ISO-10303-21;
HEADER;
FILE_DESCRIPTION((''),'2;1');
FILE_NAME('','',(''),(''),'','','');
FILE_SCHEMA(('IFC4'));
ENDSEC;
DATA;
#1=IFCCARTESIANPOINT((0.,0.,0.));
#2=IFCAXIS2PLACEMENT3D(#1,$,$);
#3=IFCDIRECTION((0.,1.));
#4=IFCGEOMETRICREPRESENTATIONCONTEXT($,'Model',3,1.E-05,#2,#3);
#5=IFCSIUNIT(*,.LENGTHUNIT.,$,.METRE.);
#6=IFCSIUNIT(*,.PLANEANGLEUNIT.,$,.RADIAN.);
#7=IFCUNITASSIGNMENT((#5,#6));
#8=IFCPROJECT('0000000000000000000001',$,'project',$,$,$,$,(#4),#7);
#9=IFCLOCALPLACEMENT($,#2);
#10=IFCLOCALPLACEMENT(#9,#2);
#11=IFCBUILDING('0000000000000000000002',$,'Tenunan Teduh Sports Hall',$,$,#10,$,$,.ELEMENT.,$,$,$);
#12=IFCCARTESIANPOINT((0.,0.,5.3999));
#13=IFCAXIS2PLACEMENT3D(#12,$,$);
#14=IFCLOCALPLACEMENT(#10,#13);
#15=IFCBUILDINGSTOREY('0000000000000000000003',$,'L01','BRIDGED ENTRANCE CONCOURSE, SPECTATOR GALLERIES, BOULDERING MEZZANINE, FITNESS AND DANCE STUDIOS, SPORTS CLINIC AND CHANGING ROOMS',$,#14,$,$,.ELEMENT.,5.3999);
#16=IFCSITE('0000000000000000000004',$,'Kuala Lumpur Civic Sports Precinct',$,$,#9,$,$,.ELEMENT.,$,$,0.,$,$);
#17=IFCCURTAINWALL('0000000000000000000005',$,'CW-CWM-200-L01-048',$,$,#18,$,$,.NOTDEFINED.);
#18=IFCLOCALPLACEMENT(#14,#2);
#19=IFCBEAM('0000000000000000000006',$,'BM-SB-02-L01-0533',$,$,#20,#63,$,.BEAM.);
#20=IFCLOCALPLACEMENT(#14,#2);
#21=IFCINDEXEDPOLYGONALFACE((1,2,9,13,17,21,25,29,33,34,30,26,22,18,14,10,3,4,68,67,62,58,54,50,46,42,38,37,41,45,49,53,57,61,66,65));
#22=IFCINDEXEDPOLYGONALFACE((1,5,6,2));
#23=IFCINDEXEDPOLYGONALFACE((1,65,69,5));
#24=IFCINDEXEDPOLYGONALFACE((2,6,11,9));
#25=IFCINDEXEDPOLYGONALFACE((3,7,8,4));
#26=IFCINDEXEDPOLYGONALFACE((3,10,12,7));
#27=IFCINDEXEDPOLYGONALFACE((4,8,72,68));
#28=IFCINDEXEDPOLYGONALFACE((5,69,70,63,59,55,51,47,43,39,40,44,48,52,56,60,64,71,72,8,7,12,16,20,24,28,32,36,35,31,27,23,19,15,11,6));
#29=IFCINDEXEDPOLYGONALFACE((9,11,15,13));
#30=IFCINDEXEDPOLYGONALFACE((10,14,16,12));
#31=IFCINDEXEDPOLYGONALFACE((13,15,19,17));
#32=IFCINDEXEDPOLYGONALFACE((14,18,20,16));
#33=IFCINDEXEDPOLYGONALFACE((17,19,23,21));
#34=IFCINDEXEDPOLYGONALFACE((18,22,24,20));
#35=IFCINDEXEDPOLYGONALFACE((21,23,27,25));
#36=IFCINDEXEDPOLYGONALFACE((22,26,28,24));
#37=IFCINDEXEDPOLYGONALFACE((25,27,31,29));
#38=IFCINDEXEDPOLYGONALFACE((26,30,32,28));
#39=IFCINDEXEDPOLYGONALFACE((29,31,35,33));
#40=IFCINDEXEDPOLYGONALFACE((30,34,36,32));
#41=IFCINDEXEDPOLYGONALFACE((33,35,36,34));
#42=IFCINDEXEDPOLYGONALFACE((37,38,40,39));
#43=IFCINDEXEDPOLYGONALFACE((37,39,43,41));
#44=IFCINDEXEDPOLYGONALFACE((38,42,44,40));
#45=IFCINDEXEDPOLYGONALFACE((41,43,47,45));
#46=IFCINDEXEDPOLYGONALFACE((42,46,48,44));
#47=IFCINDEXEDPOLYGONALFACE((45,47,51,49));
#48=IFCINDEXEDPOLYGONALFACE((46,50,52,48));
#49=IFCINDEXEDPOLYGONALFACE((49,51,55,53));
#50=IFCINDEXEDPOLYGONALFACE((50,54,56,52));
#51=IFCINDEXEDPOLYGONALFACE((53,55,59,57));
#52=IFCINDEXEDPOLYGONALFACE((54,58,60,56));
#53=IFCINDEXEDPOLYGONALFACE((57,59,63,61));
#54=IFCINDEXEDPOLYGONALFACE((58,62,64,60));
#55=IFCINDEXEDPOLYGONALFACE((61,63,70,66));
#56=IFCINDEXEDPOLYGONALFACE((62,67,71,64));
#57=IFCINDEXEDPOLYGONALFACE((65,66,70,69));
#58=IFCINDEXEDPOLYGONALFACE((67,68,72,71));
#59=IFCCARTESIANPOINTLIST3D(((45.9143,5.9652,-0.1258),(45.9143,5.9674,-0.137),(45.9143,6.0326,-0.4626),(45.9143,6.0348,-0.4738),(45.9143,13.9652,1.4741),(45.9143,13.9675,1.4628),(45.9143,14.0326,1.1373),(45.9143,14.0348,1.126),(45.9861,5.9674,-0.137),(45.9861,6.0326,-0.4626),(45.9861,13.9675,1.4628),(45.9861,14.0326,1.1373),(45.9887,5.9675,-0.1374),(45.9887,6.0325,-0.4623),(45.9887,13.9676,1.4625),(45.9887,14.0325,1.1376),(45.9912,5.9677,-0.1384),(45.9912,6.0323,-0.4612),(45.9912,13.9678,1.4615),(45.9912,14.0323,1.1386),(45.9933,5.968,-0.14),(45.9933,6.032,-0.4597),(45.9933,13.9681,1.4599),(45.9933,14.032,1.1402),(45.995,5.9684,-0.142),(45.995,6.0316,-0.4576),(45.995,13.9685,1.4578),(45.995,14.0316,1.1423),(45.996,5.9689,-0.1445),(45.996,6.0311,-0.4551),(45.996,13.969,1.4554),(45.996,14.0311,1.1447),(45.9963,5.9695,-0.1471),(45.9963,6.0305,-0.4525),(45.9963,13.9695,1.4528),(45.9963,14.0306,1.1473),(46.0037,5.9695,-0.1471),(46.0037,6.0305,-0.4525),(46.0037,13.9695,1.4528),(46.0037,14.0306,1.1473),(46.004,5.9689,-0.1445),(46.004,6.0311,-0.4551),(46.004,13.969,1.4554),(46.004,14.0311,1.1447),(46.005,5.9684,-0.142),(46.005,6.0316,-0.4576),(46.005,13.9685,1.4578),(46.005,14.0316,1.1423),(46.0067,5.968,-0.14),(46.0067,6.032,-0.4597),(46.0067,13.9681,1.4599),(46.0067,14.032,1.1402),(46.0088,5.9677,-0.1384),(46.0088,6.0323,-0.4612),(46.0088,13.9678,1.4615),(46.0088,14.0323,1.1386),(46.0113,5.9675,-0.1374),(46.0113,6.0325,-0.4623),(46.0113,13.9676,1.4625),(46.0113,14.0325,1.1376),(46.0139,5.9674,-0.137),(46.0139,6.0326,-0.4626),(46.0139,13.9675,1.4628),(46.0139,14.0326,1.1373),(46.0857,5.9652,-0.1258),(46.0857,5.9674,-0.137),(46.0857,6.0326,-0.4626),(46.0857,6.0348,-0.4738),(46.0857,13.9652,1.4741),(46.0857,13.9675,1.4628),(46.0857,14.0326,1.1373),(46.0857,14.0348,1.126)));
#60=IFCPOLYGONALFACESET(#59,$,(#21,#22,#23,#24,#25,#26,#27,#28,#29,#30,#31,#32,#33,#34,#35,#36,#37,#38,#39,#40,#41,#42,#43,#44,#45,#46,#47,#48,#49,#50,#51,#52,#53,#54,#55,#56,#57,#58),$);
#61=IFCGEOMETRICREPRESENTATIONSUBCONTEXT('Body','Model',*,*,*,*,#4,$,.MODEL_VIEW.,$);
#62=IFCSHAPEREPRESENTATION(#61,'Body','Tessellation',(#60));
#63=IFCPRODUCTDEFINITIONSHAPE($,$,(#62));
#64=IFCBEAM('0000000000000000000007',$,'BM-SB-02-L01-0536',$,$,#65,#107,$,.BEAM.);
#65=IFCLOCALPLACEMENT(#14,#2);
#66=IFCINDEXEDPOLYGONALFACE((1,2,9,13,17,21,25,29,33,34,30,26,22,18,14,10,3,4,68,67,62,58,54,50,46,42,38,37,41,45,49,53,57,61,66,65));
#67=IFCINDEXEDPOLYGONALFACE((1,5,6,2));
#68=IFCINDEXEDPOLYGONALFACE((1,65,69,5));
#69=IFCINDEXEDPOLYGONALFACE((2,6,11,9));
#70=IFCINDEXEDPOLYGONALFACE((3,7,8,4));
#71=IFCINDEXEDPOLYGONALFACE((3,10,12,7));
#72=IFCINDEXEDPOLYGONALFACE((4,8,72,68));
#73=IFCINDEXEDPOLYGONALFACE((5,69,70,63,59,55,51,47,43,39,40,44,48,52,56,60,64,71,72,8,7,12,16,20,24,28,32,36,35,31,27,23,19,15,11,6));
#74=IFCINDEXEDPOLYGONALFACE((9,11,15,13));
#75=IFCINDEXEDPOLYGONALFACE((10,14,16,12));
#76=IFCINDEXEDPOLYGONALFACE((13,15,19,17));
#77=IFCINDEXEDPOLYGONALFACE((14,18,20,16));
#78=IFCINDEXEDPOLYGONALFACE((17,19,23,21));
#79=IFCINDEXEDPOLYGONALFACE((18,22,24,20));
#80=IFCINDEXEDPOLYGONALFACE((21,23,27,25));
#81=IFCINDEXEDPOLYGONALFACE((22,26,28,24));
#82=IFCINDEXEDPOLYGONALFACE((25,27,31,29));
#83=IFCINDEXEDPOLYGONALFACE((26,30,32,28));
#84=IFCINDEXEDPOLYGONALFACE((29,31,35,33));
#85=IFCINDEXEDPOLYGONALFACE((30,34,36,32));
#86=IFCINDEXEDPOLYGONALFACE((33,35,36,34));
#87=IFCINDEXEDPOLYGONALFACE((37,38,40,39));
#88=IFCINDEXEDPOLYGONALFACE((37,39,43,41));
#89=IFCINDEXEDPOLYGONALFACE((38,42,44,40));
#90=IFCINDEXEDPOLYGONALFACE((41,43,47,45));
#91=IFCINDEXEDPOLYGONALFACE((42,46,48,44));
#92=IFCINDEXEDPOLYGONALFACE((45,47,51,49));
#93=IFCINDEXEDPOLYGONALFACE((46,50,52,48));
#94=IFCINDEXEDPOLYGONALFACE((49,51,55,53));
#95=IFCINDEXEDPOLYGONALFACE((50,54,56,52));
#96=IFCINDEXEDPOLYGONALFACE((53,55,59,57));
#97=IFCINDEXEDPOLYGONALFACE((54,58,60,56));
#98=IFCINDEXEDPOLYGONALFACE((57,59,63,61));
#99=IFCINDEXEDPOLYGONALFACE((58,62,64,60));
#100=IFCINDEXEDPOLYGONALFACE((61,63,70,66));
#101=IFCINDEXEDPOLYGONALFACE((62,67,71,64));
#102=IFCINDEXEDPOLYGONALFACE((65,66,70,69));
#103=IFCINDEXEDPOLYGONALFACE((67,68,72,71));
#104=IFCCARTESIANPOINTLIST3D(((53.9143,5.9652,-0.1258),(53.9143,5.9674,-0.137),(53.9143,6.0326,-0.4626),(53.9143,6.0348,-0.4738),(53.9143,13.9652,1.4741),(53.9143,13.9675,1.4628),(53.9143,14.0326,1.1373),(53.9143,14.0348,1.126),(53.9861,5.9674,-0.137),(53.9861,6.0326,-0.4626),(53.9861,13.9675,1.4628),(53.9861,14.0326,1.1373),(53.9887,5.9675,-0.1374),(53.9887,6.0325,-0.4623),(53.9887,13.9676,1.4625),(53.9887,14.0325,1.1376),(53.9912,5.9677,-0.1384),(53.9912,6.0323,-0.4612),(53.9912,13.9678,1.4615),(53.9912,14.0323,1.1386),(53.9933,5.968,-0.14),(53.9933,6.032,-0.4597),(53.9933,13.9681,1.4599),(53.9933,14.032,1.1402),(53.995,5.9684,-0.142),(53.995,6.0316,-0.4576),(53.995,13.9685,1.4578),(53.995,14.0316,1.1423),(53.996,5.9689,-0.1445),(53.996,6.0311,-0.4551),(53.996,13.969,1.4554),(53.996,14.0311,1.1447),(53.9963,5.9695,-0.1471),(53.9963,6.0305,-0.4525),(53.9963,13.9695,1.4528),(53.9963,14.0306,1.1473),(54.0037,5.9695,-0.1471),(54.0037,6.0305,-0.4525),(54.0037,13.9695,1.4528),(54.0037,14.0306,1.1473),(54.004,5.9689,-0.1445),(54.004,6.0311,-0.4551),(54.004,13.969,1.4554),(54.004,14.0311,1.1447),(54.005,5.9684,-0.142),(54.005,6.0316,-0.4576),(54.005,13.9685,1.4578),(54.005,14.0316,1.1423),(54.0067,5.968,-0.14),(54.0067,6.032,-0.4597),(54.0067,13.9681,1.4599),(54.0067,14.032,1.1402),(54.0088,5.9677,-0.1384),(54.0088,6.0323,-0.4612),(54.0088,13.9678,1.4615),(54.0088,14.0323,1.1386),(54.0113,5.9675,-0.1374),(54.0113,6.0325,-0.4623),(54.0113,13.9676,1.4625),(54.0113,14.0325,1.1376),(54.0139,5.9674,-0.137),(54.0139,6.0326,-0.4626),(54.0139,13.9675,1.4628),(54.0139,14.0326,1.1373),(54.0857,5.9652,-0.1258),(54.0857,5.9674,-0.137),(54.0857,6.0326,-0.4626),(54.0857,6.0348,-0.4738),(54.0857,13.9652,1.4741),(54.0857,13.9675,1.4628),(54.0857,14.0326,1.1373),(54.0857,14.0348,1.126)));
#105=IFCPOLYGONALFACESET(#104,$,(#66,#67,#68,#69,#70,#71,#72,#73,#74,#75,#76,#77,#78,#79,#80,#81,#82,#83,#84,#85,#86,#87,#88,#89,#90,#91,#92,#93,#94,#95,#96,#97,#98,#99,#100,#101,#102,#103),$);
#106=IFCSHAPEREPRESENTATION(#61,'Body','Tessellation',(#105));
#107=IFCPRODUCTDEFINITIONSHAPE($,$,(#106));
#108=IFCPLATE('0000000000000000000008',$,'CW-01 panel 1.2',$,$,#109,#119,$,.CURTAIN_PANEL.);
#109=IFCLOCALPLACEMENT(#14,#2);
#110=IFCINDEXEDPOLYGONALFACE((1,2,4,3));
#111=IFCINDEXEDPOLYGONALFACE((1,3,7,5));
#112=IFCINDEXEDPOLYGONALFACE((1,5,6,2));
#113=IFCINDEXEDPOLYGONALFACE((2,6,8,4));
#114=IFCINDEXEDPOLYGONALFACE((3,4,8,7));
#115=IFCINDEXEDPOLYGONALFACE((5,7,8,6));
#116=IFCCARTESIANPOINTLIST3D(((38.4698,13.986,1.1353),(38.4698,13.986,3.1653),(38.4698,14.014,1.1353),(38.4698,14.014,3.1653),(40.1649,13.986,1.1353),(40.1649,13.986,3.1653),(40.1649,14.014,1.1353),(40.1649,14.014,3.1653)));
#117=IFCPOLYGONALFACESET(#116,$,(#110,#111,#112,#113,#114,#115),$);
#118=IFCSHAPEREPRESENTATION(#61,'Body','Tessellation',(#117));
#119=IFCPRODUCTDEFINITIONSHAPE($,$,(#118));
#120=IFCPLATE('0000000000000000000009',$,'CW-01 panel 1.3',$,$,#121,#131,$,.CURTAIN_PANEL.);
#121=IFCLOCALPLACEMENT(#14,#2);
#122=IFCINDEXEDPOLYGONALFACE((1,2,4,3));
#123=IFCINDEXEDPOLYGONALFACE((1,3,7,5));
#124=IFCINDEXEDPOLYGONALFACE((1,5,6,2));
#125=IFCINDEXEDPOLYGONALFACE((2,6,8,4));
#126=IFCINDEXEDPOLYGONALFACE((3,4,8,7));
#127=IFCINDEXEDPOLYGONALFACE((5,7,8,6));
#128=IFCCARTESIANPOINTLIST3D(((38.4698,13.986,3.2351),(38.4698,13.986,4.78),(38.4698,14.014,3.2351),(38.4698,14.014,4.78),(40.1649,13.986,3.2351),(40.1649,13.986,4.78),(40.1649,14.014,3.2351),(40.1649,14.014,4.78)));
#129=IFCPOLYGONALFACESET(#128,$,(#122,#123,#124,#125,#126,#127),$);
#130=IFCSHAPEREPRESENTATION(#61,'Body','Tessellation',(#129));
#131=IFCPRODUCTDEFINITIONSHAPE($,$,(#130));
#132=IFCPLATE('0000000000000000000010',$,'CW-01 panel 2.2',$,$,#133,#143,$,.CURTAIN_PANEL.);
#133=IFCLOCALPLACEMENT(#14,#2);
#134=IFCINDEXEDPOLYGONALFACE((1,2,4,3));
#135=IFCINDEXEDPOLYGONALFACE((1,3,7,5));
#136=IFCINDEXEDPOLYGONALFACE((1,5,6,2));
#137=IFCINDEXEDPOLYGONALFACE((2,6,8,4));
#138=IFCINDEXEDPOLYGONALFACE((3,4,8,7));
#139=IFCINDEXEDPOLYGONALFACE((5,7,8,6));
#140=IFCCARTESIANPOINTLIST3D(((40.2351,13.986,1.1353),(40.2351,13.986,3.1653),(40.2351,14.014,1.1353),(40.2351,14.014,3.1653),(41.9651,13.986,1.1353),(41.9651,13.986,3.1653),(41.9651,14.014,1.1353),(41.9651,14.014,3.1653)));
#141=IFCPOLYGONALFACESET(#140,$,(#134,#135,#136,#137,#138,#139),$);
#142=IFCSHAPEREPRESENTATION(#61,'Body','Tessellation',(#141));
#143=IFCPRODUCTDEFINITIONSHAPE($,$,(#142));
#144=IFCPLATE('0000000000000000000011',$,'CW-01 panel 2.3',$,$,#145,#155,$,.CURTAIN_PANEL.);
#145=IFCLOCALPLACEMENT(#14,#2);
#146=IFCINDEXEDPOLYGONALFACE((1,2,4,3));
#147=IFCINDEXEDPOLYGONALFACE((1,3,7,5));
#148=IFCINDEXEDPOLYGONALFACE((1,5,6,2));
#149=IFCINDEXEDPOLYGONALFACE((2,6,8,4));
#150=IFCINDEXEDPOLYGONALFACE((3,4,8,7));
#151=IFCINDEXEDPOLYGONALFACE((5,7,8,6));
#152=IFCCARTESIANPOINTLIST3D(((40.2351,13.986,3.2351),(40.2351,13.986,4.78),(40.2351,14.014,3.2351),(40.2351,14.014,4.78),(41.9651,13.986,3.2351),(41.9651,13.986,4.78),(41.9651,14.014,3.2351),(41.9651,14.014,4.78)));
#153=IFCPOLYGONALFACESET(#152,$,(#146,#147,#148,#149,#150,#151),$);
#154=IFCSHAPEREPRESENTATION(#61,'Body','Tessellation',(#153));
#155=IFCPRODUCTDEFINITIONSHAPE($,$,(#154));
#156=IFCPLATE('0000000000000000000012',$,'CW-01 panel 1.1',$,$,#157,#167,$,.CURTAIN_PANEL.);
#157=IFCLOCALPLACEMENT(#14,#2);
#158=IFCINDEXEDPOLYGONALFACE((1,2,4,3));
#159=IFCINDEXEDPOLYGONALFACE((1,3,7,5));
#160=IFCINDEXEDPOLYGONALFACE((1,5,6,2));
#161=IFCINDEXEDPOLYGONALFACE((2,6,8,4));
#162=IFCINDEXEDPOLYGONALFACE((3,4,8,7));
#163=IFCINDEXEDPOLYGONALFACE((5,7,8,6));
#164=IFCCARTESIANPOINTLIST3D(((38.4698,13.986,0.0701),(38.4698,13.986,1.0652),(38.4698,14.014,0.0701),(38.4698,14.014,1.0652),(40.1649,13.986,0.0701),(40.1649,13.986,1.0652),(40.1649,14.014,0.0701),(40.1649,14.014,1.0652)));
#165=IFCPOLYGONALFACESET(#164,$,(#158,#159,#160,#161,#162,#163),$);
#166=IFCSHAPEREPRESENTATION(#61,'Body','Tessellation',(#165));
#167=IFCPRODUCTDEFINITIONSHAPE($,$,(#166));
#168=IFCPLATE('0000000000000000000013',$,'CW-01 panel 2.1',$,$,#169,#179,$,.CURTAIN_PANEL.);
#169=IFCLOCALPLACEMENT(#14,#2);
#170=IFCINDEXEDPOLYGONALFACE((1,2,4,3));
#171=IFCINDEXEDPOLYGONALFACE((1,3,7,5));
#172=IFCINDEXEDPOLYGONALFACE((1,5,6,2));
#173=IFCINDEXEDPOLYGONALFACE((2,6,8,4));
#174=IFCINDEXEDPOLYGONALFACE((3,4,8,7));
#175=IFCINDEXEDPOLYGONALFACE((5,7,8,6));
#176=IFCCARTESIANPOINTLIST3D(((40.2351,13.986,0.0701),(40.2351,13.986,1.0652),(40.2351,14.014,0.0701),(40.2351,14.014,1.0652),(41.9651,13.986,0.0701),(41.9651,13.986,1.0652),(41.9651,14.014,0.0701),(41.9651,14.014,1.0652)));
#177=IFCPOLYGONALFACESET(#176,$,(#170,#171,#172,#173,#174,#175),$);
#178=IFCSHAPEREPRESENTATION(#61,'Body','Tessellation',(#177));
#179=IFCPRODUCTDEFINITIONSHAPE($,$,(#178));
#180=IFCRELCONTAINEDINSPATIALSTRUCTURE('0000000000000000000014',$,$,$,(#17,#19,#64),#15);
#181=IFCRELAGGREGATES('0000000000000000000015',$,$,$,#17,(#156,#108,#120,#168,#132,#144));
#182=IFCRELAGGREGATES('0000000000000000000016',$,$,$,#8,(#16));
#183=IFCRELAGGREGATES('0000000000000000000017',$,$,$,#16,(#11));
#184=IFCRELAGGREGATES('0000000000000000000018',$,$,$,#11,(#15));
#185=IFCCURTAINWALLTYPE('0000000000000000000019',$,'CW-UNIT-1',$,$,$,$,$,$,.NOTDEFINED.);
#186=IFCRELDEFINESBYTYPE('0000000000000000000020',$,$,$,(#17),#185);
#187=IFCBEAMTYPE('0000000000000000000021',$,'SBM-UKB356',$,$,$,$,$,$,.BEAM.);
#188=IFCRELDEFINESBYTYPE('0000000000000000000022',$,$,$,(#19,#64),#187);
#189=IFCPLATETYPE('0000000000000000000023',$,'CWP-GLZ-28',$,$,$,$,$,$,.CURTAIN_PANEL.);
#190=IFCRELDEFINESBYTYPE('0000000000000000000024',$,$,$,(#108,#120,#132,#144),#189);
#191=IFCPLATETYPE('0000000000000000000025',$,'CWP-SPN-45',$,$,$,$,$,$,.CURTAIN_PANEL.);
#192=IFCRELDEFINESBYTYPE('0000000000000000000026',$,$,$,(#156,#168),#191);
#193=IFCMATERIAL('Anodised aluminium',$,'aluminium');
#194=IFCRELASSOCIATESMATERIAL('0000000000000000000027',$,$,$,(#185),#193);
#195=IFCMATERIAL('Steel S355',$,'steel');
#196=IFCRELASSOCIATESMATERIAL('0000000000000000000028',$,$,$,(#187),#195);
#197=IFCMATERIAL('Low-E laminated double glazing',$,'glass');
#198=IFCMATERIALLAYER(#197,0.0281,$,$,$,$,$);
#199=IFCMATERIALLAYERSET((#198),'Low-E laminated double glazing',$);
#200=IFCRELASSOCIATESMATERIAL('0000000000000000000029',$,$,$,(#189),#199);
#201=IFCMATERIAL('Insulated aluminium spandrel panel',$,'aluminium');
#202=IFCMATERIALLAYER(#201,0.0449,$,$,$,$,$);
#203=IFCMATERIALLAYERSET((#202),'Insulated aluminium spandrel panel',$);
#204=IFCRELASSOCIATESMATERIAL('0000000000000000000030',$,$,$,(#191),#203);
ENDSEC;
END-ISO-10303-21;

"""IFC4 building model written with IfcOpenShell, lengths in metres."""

from ifc_helpers import new_model, si_unit, direction, frame, origin, origin_2d, place, context, subcontext, project, spatial, rectangle, i_section, extrude, material, layer, layer_set, material_profile, profile_set, type_object, element, aggregate, save


model = new_model("IFC4")

# Units and contexts
model_context = context("Model", 3, precision=1e-05, world=origin(), true_north=direction((0.0, 1.0)))
body_context = subcontext(model_context, "Body", "Model", "MODEL_VIEW")
ifc_project = project(units=[si_unit("LENGTHUNIT", "METRE"), si_unit("PLANEANGLEUNIT", "RADIAN")], contexts=[model_context])

# Site, building, storey
site_placement = place(None, origin())
site = spatial("IfcSite", under=ifc_project, at=site_placement, Name="Kuala Lumpur Civic Sports Precinct", CompositionType="ELEMENT", RefElevation=0.0)
building_placement = place(site_placement, origin())
building = spatial("IfcBuilding", under=site, at=building_placement, Name="Tenunan Teduh Sports Hall", CompositionType="ELEMENT")
storey_placement = place(building_placement, frame((0.0, 0.0, 5.3999)))
storey = spatial("IfcBuildingStorey", under=building, at=storey_placement, Name="L01", Description="BRIDGED ENTRANCE CONCOURSE, SPECTATOR GALLERIES, BOULDERING MEZZANINE, FITNESS AND DANCE STUDIOS, SPORTS CLINIC AND CHANGING ROOMS", CompositionType="ELEMENT", Elevation=5.3999)

# Curtain wall
ifc_material_1 = material(Name="Anodised aluminium", Category="aluminium")
curtain_wall_type = type_object("IfcCurtainWallType", Name="CW-UNIT-1", PredefinedType="NOTDEFINED", material=ifc_material_1)
curtain_wall_placement = place(storey_placement, origin())
curtain_wall = element("IfcCurtainWall", 1, at=curtain_wall_placement, inside=storey, type_object=curtain_wall_type, Name="CW-CWM-200-L01-048", PredefinedType="NOTDEFINED")

# Beams
ifc_material_2 = material(Name="Steel S355", Category="steel")
ifc_material_profile_1 = material_profile(ifc_material_2, i_section(OverallWidth=0.1714, OverallDepth=0.355, WebThickness=0.0073, FlangeThickness=0.0115, FilletRadius=0.0103, at=origin_2d()), Name="UKB 356x171x51")
ifc_profile_set_1 = profile_set([ifc_material_profile_1], Name="Steel S355")
beam_type_1 = type_object("IfcBeamType", Name="SBM-UKB356", PredefinedType="BEAM", material=ifc_profile_set_1)
for number, where, z_axis, x_axis, name in (
    (2, (46.0, 6.0, -0.2998), (0.0, 0.980584, 0.196099), (-1.0, 0.0, 0.0), "BM-SB-02-L01-0533"),
    (3, (54.0, 6.0, -0.2998), (0.0, 0.980584, 0.196099), (-1.0, 0.0, 0.0), "BM-SB-02-L01-0536"),
):
    element("IfcBeam", number, at=place(storey_placement, frame(where, z_axis=z_axis, x_axis=x_axis)), inside=storey, type_object=beam_type_1, Name=name, PredefinedType="BEAM", context=body_context, shape_type="SweptSolid", body=[
        extrude(i_section(OverallWidth=0.1714, OverallDepth=0.355, WebThickness=0.0073, FlangeThickness=0.0115, FilletRadius=0.0103, at=origin_2d()), origin(), (0.0, 0.0, 1.0), 8.1584),
    ])

# Plates
ifc_material_3 = material(Name="Low-E laminated double glazing", Category="glass")
ifc_layer_1 = layer(ifc_material_3, 0.0281)
ifc_layer_set_1 = layer_set([ifc_layer_1], Name="Low-E laminated double glazing")
plate_type_1 = type_object("IfcPlateType", Name="CWP-GLZ-28", PredefinedType="CURTAIN_PANEL", material=ifc_layer_set_1)
plate_1_placement = place(storey_placement, frame((39.3174, 14.0, 1.1353), z_axis=(0.0, 0.0, 1.0), x_axis=(1.0, 0.0, 0.0)))
plate_1 = element("IfcPlate", 4, at=plate_1_placement, type_object=plate_type_1, Name="CW-01 panel 1.2", PredefinedType="CURTAIN_PANEL", context=body_context, shape_type="SweptSolid", body=[
    extrude(rectangle(XDim=1.6951, YDim=0.0281, at=origin_2d()), origin(), (0.0, 0.0, 1.0), 2.03),
])
plate_2_placement = place(storey_placement, frame((39.3174, 14.0, 3.2351), z_axis=(0.0, 0.0, 1.0), x_axis=(1.0, 0.0, 0.0)))
plate_2 = element("IfcPlate", 5, at=plate_2_placement, type_object=plate_type_1, Name="CW-01 panel 1.3", PredefinedType="CURTAIN_PANEL", context=body_context, shape_type="SweptSolid", body=[
    extrude(rectangle(XDim=1.6951, YDim=0.0281, at=origin_2d()), origin(), (0.0, 0.0, 1.0), 1.5449),
])
plate_3_placement = place(storey_placement, frame((41.1001, 14.0, 1.1353), z_axis=(0.0, 0.0, 1.0), x_axis=(1.0, 0.0, 0.0)))
plate_3 = element("IfcPlate", 6, at=plate_3_placement, type_object=plate_type_1, Name="CW-01 panel 2.2", PredefinedType="CURTAIN_PANEL", context=body_context, shape_type="SweptSolid", body=[
    extrude(rectangle(XDim=1.73, YDim=0.0281, at=origin_2d()), origin(), (0.0, 0.0, 1.0), 2.03),
])
plate_4_placement = place(storey_placement, frame((41.1001, 14.0, 3.2351), z_axis=(0.0, 0.0, 1.0), x_axis=(1.0, 0.0, 0.0)))
plate_4 = element("IfcPlate", 7, at=plate_4_placement, type_object=plate_type_1, Name="CW-01 panel 2.3", PredefinedType="CURTAIN_PANEL", context=body_context, shape_type="SweptSolid", body=[
    extrude(rectangle(XDim=1.73, YDim=0.0281, at=origin_2d()), origin(), (0.0, 0.0, 1.0), 1.5449),
])
ifc_material_4 = material(Name="Insulated aluminium spandrel panel", Category="aluminium")
ifc_layer_2 = layer(ifc_material_4, 0.0449)
ifc_layer_set_2 = layer_set([ifc_layer_2], Name="Insulated aluminium spandrel panel")
plate_type_2 = type_object("IfcPlateType", Name="CWP-SPN-45", PredefinedType="CURTAIN_PANEL", material=ifc_layer_set_2)
plate_5_placement = place(storey_placement, frame((39.3174, 14.0, 0.0701), z_axis=(0.0, 0.0, 1.0), x_axis=(1.0, 0.0, 0.0)))
plate_5 = element("IfcPlate", 8, at=plate_5_placement, type_object=plate_type_2, Name="CW-01 panel 1.1", PredefinedType="CURTAIN_PANEL", context=body_context, shape_type="SweptSolid", body=[
    extrude(rectangle(XDim=1.6951, YDim=0.0281, at=origin_2d()), origin(), (0.0, 0.0, 1.0), 0.9951),
])
plate_6_placement = place(storey_placement, frame((41.1001, 14.0, 0.0701), z_axis=(0.0, 0.0, 1.0), x_axis=(1.0, 0.0, 0.0)))
plate_6 = element("IfcPlate", 9, at=plate_6_placement, type_object=plate_type_2, Name="CW-01 panel 2.1", PredefinedType="CURTAIN_PANEL", context=body_context, shape_type="SweptSolid", body=[
    extrude(rectangle(XDim=1.73, YDim=0.0281, at=origin_2d()), origin(), (0.0, 0.0, 1.0), 0.9951),
])
aggregate(curtain_wall, [plate_5, plate_1, plate_2, plate_6, plate_3, plate_4])

save(model, "model.ifc")
